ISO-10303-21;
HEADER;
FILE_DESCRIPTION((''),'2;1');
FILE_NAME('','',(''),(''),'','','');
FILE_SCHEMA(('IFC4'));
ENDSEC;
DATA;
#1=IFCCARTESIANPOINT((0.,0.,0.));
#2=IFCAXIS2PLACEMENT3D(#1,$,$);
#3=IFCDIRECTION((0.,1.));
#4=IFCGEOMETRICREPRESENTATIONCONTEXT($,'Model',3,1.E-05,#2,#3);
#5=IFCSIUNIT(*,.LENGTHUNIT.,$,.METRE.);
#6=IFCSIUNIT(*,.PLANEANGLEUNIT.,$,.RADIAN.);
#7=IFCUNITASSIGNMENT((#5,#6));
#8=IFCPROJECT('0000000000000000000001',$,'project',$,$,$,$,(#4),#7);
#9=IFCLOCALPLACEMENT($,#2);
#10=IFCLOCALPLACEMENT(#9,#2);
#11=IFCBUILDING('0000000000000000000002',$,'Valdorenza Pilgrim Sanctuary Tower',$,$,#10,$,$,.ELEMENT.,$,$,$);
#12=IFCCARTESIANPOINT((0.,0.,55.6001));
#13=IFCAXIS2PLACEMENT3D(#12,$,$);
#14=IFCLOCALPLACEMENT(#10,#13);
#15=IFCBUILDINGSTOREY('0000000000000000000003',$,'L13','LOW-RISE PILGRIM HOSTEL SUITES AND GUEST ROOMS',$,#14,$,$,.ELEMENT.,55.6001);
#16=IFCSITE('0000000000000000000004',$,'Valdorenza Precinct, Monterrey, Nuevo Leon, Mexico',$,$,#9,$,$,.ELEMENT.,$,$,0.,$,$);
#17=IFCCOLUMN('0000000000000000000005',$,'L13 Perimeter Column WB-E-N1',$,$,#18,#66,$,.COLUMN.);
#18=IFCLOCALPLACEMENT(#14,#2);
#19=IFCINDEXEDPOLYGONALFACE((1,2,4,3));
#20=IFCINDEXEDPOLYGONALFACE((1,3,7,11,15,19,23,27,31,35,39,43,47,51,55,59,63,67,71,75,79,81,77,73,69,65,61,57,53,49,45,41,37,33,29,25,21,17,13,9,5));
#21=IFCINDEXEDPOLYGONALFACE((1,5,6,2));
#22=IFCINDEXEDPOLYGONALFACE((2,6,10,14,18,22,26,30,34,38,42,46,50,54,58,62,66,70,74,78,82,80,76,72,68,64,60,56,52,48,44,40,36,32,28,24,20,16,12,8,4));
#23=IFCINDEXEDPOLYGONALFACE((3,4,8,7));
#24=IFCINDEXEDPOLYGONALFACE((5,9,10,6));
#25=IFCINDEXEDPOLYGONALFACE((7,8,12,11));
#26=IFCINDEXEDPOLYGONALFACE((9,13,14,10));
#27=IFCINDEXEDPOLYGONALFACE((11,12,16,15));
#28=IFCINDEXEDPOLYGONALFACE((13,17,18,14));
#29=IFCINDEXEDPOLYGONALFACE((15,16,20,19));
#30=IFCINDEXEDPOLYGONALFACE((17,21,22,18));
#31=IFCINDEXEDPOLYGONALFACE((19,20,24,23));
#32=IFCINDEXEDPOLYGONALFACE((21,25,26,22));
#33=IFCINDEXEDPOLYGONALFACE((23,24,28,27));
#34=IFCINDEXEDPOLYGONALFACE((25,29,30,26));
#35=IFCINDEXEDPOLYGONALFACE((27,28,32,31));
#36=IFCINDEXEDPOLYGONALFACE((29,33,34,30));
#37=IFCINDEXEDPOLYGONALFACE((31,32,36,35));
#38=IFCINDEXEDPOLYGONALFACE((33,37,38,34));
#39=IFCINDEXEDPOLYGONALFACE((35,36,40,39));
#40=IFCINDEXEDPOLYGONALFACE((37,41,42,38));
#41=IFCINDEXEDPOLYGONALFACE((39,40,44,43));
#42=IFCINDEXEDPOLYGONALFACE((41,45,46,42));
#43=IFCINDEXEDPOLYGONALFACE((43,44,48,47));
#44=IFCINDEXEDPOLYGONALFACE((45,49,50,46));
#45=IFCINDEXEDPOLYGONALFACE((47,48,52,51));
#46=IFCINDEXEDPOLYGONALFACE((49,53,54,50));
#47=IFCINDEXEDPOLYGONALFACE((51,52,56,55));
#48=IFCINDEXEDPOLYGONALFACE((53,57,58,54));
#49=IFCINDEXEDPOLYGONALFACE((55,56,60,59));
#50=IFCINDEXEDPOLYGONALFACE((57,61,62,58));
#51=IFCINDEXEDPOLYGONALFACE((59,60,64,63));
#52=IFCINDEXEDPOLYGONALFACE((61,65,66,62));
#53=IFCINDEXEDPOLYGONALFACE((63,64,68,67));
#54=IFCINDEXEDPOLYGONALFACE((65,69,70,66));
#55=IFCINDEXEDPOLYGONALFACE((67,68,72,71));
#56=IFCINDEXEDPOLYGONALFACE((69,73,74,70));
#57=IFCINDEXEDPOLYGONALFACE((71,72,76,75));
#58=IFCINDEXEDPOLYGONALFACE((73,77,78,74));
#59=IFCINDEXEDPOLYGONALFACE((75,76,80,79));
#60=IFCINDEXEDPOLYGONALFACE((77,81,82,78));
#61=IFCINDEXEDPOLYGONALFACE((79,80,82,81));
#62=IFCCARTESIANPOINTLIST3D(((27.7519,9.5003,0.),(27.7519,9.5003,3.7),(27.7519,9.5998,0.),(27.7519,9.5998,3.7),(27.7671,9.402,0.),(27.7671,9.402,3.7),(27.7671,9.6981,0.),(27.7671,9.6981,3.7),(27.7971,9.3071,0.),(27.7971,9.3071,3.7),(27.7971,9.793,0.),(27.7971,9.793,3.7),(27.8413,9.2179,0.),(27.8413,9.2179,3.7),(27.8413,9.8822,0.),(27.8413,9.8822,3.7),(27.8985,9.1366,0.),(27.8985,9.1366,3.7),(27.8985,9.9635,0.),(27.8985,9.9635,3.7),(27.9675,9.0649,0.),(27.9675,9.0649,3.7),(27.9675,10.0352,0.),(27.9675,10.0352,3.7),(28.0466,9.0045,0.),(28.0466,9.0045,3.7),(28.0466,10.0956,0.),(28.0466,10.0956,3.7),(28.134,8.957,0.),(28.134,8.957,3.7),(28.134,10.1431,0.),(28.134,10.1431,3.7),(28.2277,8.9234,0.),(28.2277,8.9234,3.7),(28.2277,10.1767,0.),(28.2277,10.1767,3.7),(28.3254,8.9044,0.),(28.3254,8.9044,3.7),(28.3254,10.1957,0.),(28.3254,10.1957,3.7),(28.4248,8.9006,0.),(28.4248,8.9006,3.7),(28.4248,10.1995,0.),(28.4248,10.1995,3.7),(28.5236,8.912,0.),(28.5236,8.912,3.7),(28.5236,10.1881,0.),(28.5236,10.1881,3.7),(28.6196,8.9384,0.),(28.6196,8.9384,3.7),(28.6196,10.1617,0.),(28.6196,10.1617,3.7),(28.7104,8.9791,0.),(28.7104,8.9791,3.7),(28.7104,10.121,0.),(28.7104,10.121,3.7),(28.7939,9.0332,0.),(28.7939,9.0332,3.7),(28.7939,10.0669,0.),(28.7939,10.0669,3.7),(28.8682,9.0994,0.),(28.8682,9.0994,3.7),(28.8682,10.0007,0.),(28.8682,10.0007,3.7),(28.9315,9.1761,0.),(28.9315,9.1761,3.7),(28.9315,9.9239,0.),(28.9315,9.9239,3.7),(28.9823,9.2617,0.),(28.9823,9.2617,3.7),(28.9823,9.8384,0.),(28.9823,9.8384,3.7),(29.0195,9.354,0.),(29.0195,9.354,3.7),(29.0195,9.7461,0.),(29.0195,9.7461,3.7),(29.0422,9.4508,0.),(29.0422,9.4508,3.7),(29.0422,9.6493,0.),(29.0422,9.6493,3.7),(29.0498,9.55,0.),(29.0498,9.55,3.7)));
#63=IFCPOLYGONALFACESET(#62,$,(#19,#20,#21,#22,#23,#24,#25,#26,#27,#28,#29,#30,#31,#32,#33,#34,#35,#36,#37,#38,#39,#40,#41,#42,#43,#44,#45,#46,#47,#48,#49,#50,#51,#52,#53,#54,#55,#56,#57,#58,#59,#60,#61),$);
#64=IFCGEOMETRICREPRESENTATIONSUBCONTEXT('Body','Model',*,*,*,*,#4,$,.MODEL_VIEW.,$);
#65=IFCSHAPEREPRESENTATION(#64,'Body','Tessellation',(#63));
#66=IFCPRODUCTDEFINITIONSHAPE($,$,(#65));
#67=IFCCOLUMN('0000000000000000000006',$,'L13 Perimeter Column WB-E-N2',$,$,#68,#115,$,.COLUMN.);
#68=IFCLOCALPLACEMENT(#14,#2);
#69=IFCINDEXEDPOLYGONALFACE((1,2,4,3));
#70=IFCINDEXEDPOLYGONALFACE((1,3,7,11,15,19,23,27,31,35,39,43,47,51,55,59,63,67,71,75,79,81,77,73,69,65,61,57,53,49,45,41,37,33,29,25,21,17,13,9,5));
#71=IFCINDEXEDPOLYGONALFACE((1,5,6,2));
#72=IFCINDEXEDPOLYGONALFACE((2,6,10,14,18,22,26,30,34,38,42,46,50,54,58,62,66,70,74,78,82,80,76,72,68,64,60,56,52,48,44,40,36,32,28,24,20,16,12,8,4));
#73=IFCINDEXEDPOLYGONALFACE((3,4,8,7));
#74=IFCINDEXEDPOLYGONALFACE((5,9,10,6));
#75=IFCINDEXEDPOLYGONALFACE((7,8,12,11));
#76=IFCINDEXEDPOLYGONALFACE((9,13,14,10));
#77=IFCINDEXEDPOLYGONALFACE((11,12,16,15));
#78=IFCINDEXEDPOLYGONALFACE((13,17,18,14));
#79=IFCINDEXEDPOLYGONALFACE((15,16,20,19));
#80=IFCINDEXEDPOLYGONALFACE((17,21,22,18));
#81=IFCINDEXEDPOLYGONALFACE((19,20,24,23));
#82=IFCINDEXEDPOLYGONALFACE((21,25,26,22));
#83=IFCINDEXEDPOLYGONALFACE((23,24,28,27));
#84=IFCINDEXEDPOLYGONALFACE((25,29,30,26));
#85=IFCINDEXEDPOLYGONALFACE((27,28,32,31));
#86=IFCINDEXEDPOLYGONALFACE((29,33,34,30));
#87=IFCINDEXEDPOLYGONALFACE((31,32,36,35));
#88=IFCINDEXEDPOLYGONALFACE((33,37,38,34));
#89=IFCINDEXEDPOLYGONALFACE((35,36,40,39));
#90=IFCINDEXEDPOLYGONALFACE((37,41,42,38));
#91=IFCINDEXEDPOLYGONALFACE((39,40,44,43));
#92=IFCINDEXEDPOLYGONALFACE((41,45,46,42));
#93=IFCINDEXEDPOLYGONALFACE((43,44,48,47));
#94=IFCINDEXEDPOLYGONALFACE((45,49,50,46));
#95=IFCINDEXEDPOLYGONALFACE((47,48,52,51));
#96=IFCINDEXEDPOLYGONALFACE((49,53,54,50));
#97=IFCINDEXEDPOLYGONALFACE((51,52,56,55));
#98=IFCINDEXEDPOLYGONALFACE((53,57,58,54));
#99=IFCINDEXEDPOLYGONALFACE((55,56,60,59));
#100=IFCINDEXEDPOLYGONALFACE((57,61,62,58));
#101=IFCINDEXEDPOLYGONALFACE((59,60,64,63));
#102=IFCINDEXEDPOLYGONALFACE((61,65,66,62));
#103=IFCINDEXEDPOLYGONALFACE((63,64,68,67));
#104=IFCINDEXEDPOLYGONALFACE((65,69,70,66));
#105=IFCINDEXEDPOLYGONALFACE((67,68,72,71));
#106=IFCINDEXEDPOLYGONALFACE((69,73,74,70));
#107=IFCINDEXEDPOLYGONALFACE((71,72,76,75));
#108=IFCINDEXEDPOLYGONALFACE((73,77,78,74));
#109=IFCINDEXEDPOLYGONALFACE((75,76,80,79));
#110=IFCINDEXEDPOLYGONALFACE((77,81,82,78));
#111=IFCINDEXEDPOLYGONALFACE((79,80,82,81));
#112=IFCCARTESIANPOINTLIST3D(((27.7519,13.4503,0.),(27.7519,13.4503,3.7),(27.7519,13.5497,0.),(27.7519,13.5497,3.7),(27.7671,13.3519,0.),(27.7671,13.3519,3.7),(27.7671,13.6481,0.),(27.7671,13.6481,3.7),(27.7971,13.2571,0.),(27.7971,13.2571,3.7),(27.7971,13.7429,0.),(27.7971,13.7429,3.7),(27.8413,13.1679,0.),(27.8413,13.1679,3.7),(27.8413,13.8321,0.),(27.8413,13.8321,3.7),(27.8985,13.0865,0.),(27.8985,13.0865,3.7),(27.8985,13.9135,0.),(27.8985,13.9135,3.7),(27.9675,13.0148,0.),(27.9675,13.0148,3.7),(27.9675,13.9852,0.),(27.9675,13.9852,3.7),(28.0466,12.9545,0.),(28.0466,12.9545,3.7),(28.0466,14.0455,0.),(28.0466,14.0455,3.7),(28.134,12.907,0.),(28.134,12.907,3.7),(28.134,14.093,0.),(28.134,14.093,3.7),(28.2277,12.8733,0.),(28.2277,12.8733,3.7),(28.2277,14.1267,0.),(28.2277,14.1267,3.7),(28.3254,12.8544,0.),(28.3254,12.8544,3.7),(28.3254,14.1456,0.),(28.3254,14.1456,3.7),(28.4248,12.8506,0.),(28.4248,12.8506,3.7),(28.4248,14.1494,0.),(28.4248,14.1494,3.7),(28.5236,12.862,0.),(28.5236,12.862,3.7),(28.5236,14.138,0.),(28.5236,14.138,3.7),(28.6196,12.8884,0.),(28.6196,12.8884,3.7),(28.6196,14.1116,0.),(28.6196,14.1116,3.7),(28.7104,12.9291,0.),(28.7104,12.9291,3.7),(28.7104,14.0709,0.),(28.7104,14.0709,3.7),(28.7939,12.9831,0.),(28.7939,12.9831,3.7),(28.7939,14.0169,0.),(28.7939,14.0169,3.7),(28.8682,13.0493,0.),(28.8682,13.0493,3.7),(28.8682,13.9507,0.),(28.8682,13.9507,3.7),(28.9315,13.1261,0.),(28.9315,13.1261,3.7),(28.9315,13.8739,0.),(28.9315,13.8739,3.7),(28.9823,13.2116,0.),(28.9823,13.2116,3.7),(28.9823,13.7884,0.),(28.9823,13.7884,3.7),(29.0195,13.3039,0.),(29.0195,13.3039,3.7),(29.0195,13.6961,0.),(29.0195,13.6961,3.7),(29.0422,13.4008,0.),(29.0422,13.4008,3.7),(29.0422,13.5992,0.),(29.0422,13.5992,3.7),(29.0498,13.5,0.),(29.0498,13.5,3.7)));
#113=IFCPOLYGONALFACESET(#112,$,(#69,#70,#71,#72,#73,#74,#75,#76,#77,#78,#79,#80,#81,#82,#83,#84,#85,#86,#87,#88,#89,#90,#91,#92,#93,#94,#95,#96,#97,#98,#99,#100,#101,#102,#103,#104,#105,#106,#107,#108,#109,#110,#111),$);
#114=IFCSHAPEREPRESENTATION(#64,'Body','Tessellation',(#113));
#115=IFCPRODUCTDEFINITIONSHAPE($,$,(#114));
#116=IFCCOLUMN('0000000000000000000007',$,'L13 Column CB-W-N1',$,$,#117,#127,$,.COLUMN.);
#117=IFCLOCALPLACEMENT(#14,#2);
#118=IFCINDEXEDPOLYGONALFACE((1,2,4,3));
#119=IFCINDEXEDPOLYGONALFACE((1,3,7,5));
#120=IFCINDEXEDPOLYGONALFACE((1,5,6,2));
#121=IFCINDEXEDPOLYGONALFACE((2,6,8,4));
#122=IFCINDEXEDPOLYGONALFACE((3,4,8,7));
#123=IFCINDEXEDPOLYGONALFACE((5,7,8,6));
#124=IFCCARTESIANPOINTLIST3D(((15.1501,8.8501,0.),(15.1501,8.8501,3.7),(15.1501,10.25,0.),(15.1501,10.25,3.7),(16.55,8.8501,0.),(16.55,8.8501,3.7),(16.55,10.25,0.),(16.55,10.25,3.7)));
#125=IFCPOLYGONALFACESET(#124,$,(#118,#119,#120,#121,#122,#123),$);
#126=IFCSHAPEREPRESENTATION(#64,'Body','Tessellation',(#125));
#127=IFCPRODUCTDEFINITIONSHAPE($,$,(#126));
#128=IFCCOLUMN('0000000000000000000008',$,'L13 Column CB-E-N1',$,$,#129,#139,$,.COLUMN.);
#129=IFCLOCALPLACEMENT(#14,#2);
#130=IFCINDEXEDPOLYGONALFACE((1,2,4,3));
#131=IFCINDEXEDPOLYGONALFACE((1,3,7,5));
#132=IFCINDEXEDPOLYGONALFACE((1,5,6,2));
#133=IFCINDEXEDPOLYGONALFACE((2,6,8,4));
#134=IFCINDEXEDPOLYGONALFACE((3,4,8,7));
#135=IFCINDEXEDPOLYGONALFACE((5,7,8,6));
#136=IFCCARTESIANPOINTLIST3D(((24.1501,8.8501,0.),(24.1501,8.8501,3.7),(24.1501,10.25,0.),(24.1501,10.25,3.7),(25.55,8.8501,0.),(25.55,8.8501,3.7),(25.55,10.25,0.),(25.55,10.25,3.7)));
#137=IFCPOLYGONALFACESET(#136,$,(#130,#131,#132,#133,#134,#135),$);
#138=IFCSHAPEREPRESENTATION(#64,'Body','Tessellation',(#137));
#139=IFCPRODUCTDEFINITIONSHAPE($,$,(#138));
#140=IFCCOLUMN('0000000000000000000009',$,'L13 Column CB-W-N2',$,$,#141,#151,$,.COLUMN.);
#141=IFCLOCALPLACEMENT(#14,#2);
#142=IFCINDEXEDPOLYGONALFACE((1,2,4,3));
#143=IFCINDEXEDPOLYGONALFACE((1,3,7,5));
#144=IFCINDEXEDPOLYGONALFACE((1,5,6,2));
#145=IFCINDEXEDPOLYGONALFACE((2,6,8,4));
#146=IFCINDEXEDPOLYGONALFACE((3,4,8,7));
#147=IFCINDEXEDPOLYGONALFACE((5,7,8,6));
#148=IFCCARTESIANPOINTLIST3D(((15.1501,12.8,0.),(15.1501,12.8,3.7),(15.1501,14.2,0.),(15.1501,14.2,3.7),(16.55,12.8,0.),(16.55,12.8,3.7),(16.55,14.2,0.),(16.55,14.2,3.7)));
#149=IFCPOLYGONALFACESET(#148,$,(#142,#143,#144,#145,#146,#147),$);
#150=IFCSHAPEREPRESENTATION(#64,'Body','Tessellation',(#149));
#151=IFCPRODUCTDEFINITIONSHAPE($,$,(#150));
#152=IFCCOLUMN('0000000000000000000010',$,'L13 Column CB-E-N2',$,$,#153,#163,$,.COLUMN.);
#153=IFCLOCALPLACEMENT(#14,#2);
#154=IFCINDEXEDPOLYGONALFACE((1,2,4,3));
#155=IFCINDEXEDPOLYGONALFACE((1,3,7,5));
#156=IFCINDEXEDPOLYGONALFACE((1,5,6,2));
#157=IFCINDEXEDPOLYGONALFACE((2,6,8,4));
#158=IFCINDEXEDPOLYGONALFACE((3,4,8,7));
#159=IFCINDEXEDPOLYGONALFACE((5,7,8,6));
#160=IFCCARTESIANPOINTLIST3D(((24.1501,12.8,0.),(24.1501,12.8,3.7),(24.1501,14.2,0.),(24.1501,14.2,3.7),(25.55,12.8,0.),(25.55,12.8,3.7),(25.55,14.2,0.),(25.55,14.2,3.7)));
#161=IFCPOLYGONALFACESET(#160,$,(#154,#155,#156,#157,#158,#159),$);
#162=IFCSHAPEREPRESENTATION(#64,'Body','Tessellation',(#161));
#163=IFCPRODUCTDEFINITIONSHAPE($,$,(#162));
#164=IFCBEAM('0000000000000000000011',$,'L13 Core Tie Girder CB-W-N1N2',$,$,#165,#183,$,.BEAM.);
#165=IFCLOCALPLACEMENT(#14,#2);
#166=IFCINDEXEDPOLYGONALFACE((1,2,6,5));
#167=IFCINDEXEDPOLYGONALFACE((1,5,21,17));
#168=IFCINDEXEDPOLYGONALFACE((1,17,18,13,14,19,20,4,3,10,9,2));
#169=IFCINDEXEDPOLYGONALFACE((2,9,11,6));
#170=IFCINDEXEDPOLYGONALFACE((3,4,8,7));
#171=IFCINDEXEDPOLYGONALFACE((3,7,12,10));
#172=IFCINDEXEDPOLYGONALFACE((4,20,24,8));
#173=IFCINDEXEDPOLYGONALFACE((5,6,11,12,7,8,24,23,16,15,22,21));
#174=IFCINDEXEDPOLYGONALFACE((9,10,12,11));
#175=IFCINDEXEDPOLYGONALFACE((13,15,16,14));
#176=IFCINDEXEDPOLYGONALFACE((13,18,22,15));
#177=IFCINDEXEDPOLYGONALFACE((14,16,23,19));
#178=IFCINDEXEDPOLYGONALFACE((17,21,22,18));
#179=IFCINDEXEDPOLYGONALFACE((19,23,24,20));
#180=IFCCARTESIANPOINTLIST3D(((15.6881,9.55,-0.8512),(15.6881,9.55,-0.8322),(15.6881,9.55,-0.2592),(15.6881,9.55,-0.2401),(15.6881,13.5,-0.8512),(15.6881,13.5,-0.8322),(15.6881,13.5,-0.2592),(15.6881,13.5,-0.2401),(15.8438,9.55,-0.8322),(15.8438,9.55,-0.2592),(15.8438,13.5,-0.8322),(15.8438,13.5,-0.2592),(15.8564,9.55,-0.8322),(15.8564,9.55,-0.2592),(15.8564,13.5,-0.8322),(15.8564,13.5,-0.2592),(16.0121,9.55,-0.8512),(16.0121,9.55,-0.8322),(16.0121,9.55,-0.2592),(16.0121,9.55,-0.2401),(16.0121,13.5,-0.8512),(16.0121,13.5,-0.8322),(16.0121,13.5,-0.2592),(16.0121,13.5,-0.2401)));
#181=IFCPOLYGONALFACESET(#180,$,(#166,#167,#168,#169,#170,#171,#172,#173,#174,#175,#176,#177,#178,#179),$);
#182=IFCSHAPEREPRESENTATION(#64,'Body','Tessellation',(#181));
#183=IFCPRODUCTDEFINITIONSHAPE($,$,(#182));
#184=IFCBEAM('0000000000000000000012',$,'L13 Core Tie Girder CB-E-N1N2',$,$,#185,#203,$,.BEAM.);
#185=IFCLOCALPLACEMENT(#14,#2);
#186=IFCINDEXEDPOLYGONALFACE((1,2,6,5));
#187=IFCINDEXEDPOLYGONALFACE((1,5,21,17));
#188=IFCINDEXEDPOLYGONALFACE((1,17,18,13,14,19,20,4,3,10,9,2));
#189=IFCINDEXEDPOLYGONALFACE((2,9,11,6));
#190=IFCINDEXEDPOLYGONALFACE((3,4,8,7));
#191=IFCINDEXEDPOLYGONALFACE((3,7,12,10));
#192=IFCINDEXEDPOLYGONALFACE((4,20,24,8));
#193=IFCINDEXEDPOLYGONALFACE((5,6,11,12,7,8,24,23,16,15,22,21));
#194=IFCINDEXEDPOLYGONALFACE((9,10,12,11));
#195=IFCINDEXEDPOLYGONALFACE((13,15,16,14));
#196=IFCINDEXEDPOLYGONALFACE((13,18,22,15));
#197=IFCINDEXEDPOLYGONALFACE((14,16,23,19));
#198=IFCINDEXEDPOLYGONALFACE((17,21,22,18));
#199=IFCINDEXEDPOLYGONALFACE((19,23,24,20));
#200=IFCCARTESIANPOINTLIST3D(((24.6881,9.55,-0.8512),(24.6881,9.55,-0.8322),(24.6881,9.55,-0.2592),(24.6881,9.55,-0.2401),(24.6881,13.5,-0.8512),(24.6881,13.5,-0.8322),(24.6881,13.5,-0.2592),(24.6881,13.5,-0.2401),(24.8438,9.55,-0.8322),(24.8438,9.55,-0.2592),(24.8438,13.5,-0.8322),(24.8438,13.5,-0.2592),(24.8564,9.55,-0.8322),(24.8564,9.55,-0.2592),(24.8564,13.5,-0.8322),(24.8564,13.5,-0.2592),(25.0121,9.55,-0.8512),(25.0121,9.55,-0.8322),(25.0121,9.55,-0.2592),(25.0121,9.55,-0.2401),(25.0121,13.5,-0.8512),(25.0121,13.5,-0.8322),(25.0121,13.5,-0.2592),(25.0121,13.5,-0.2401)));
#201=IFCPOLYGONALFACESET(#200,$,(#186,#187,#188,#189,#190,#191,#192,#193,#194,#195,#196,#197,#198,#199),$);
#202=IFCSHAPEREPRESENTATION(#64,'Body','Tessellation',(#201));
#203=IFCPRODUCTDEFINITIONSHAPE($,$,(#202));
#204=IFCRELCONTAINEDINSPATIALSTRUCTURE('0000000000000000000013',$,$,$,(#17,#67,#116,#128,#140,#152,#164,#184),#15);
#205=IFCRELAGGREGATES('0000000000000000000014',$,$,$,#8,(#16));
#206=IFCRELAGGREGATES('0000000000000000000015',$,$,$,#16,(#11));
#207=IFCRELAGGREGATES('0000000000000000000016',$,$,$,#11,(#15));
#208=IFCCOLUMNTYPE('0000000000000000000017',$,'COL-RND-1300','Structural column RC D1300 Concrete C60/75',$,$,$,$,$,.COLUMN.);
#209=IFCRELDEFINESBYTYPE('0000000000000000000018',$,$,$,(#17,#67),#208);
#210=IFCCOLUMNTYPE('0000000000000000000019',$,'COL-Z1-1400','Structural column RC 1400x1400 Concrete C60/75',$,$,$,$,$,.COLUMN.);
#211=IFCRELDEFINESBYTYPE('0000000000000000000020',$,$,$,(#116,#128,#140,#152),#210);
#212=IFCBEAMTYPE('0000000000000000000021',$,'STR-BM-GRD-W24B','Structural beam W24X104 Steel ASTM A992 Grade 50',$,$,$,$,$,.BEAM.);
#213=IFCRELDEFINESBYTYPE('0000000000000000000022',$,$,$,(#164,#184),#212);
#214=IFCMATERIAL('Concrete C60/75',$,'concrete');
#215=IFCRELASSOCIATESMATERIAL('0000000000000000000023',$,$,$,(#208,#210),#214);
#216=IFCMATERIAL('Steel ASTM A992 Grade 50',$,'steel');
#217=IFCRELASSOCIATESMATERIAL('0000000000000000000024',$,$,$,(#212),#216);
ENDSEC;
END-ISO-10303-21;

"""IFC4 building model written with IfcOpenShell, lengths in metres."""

from ifc_helpers import new_model, si_unit, direction, frame, origin, origin_2d, place, context, subcontext, project, spatial, rectangle, circle, i_section, extrude, source, transform, mapped, material, material_profile, profile_set, type_object, element, save


model = new_model("IFC4")

# Units and contexts
model_context = context("Model", 3, precision=1e-05, world=origin(), true_north=direction((0.0, 1.0)))
body_context = subcontext(model_context, "Body", "Model", "MODEL_VIEW")
ifc_project = project(units=[si_unit("LENGTHUNIT", "METRE"), si_unit("PLANEANGLEUNIT", "RADIAN")], contexts=[model_context])

# Site, building, storey
site_placement = place(None, origin())
site = spatial("IfcSite", under=ifc_project, at=site_placement, Name="Valdorenza Precinct, Monterrey, Nuevo Leon, Mexico", CompositionType="ELEMENT", RefElevation=0.0)
building_placement = place(site_placement, origin())
building = spatial("IfcBuilding", under=site, at=building_placement, Name="Valdorenza Pilgrim Sanctuary Tower", CompositionType="ELEMENT")
storey_placement = place(building_placement, frame((0.0, 0.0, 55.6001)))
storey = spatial("IfcBuildingStorey", under=building, at=storey_placement, Name="L13", Description="LOW-RISE PILGRIM HOSTEL SUITES AND GUEST ROOMS", CompositionType="ELEMENT", Elevation=55.6001)

# Columns
ifc_material_1 = material(Name="Concrete C60/75", Category="concrete")
ifc_material_profile_1 = material_profile(ifc_material_1, circle(Radius=0.6499, at=origin_2d()), Name="RC D1300")
ifc_profile_set_1 = profile_set([ifc_material_profile_1], Name="Concrete C60/75")
column_type_1 = type_object("IfcColumnType", Name="COL-RND-1300", Description="Structural column RC D1300 Concrete C60/75", PredefinedType="COLUMN", material=ifc_profile_set_1)
shared_shape_1 = source(origin(), body_context, "Body", "SweptSolid", [
    extrude(circle(Radius=0.6499, at=origin_2d()), origin(), (0.0, 0.0, 1.0), 3.7),
])
for number, where, z_axis, x_axis, name in (
    (1, (28.3999, 9.55, 0.0), (0.0, 0.0, 1.0), (1.0, 0.0, 0.0), "L13 Perimeter Column WB-E-N1"),
    (2, (28.3999, 13.5, 0.0), (0.0, 0.0, 1.0), (1.0, 0.0, 0.0), "L13 Perimeter Column WB-E-N2"),
):
    element("IfcColumn", number, at=place(storey_placement, frame(where, z_axis=z_axis, x_axis=x_axis)), inside=storey, type_object=column_type_1, Name=name, PredefinedType="COLUMN", context=body_context, shape_type="MappedRepresentation", body=[
        mapped(shared_shape_1, transform((0.0, 0.0, 0.0), x_axis=(1.0, 0.0, 0.0), y_axis=(0.0, 1.0, 0.0), z_axis=(0.0, 0.0, 1.0), scale=1.0)),
    ])
ifc_material_profile_2 = material_profile(ifc_material_1, rectangle(XDim=1.3999, YDim=1.3999, at=origin_2d()), Name="RC 1400x1400")
ifc_profile_set_2 = profile_set([ifc_material_profile_2], Name="Concrete C60/75")
column_type_2 = type_object("IfcColumnType", Name="COL-Z1-1400", Description="Structural column RC 1400x1400 Concrete C60/75", PredefinedType="COLUMN", material=ifc_profile_set_2)
shared_shape_2 = source(origin(), body_context, "Body", "SweptSolid", [
    extrude(rectangle(XDim=1.3999, YDim=1.3999, at=origin_2d()), origin(), (0.0, 0.0, 1.0), 3.7),
])
for number, where, z_axis, x_axis, name in (
    (3, (15.8501, 9.55, 0.0), (0.0, 0.0, 1.0), (1.0, 0.0, 0.0), "L13 Column CB-W-N1"),
    (4, (24.8501, 9.55, 0.0), (0.0, 0.0, 1.0), (1.0, 0.0, 0.0), "L13 Column CB-E-N1"),
    (5, (15.8501, 13.5, 0.0), (0.0, 0.0, 1.0), (1.0, 0.0, 0.0), "L13 Column CB-W-N2"),
    (6, (24.8501, 13.5, 0.0), (0.0, 0.0, 1.0), (1.0, 0.0, 0.0), "L13 Column CB-E-N2"),
):
    element("IfcColumn", number, at=place(storey_placement, frame(where, z_axis=z_axis, x_axis=x_axis)), inside=storey, type_object=column_type_2, Name=name, PredefinedType="COLUMN", context=body_context, shape_type="MappedRepresentation", body=[
        mapped(shared_shape_2, transform((0.0, 0.0, 0.0), x_axis=(1.0, 0.0, 0.0), y_axis=(0.0, 1.0, 0.0), z_axis=(0.0, 0.0, 1.0), scale=1.0)),
    ])

# Beams
ifc_material_2 = material(Name="Steel ASTM A992 Grade 50", Category="steel")
ifc_material_profile_3 = material_profile(ifc_material_2, i_section(OverallWidth=0.324, OverallDepth=0.6111, WebThickness=0.0127, FlangeThickness=0.019, at=origin_2d()), Name="W24X104")
ifc_profile_set_3 = profile_set([ifc_material_profile_3], Name="Steel ASTM A992 Grade 50")
beam_type_1 = type_object("IfcBeamType", Name="STR-BM-GRD-W24B", Description="Structural beam W24X104 Steel ASTM A992 Grade 50", PredefinedType="BEAM", material=ifc_profile_set_3)
shared_shape_3 = source(origin(), body_context, "Body", "SweptSolid", [
    extrude(i_section(OverallWidth=0.324, OverallDepth=0.6111, WebThickness=0.0127, FlangeThickness=0.019, at=origin_2d()), origin(), (0.0, 0.0, 1.0), 3.95),
])
for number, where, z_axis, x_axis, name in (
    (7, (15.8501, 9.55, -0.5457), (0.0, 1.0, 0.0), (-1.0, 0.0, 0.0), "L13 Core Tie Girder CB-W-N1N2"),
    (8, (24.8501, 9.55, -0.5457), (0.0, 1.0, 0.0), (-1.0, 0.0, 0.0), "L13 Core Tie Girder CB-E-N1N2"),
):
    element("IfcBeam", number, at=place(storey_placement, frame(where, z_axis=z_axis, x_axis=x_axis)), inside=storey, type_object=beam_type_1, Name=name, PredefinedType="BEAM", context=body_context, shape_type="MappedRepresentation", body=[
        mapped(shared_shape_3, transform((0.0, 0.0, 0.0), x_axis=(1.0, 0.0, 0.0), y_axis=(0.0, 1.0, 0.0), z_axis=(0.0, 0.0, 1.0), scale=1.0)),
    ])

save(model, "model.ifc")
